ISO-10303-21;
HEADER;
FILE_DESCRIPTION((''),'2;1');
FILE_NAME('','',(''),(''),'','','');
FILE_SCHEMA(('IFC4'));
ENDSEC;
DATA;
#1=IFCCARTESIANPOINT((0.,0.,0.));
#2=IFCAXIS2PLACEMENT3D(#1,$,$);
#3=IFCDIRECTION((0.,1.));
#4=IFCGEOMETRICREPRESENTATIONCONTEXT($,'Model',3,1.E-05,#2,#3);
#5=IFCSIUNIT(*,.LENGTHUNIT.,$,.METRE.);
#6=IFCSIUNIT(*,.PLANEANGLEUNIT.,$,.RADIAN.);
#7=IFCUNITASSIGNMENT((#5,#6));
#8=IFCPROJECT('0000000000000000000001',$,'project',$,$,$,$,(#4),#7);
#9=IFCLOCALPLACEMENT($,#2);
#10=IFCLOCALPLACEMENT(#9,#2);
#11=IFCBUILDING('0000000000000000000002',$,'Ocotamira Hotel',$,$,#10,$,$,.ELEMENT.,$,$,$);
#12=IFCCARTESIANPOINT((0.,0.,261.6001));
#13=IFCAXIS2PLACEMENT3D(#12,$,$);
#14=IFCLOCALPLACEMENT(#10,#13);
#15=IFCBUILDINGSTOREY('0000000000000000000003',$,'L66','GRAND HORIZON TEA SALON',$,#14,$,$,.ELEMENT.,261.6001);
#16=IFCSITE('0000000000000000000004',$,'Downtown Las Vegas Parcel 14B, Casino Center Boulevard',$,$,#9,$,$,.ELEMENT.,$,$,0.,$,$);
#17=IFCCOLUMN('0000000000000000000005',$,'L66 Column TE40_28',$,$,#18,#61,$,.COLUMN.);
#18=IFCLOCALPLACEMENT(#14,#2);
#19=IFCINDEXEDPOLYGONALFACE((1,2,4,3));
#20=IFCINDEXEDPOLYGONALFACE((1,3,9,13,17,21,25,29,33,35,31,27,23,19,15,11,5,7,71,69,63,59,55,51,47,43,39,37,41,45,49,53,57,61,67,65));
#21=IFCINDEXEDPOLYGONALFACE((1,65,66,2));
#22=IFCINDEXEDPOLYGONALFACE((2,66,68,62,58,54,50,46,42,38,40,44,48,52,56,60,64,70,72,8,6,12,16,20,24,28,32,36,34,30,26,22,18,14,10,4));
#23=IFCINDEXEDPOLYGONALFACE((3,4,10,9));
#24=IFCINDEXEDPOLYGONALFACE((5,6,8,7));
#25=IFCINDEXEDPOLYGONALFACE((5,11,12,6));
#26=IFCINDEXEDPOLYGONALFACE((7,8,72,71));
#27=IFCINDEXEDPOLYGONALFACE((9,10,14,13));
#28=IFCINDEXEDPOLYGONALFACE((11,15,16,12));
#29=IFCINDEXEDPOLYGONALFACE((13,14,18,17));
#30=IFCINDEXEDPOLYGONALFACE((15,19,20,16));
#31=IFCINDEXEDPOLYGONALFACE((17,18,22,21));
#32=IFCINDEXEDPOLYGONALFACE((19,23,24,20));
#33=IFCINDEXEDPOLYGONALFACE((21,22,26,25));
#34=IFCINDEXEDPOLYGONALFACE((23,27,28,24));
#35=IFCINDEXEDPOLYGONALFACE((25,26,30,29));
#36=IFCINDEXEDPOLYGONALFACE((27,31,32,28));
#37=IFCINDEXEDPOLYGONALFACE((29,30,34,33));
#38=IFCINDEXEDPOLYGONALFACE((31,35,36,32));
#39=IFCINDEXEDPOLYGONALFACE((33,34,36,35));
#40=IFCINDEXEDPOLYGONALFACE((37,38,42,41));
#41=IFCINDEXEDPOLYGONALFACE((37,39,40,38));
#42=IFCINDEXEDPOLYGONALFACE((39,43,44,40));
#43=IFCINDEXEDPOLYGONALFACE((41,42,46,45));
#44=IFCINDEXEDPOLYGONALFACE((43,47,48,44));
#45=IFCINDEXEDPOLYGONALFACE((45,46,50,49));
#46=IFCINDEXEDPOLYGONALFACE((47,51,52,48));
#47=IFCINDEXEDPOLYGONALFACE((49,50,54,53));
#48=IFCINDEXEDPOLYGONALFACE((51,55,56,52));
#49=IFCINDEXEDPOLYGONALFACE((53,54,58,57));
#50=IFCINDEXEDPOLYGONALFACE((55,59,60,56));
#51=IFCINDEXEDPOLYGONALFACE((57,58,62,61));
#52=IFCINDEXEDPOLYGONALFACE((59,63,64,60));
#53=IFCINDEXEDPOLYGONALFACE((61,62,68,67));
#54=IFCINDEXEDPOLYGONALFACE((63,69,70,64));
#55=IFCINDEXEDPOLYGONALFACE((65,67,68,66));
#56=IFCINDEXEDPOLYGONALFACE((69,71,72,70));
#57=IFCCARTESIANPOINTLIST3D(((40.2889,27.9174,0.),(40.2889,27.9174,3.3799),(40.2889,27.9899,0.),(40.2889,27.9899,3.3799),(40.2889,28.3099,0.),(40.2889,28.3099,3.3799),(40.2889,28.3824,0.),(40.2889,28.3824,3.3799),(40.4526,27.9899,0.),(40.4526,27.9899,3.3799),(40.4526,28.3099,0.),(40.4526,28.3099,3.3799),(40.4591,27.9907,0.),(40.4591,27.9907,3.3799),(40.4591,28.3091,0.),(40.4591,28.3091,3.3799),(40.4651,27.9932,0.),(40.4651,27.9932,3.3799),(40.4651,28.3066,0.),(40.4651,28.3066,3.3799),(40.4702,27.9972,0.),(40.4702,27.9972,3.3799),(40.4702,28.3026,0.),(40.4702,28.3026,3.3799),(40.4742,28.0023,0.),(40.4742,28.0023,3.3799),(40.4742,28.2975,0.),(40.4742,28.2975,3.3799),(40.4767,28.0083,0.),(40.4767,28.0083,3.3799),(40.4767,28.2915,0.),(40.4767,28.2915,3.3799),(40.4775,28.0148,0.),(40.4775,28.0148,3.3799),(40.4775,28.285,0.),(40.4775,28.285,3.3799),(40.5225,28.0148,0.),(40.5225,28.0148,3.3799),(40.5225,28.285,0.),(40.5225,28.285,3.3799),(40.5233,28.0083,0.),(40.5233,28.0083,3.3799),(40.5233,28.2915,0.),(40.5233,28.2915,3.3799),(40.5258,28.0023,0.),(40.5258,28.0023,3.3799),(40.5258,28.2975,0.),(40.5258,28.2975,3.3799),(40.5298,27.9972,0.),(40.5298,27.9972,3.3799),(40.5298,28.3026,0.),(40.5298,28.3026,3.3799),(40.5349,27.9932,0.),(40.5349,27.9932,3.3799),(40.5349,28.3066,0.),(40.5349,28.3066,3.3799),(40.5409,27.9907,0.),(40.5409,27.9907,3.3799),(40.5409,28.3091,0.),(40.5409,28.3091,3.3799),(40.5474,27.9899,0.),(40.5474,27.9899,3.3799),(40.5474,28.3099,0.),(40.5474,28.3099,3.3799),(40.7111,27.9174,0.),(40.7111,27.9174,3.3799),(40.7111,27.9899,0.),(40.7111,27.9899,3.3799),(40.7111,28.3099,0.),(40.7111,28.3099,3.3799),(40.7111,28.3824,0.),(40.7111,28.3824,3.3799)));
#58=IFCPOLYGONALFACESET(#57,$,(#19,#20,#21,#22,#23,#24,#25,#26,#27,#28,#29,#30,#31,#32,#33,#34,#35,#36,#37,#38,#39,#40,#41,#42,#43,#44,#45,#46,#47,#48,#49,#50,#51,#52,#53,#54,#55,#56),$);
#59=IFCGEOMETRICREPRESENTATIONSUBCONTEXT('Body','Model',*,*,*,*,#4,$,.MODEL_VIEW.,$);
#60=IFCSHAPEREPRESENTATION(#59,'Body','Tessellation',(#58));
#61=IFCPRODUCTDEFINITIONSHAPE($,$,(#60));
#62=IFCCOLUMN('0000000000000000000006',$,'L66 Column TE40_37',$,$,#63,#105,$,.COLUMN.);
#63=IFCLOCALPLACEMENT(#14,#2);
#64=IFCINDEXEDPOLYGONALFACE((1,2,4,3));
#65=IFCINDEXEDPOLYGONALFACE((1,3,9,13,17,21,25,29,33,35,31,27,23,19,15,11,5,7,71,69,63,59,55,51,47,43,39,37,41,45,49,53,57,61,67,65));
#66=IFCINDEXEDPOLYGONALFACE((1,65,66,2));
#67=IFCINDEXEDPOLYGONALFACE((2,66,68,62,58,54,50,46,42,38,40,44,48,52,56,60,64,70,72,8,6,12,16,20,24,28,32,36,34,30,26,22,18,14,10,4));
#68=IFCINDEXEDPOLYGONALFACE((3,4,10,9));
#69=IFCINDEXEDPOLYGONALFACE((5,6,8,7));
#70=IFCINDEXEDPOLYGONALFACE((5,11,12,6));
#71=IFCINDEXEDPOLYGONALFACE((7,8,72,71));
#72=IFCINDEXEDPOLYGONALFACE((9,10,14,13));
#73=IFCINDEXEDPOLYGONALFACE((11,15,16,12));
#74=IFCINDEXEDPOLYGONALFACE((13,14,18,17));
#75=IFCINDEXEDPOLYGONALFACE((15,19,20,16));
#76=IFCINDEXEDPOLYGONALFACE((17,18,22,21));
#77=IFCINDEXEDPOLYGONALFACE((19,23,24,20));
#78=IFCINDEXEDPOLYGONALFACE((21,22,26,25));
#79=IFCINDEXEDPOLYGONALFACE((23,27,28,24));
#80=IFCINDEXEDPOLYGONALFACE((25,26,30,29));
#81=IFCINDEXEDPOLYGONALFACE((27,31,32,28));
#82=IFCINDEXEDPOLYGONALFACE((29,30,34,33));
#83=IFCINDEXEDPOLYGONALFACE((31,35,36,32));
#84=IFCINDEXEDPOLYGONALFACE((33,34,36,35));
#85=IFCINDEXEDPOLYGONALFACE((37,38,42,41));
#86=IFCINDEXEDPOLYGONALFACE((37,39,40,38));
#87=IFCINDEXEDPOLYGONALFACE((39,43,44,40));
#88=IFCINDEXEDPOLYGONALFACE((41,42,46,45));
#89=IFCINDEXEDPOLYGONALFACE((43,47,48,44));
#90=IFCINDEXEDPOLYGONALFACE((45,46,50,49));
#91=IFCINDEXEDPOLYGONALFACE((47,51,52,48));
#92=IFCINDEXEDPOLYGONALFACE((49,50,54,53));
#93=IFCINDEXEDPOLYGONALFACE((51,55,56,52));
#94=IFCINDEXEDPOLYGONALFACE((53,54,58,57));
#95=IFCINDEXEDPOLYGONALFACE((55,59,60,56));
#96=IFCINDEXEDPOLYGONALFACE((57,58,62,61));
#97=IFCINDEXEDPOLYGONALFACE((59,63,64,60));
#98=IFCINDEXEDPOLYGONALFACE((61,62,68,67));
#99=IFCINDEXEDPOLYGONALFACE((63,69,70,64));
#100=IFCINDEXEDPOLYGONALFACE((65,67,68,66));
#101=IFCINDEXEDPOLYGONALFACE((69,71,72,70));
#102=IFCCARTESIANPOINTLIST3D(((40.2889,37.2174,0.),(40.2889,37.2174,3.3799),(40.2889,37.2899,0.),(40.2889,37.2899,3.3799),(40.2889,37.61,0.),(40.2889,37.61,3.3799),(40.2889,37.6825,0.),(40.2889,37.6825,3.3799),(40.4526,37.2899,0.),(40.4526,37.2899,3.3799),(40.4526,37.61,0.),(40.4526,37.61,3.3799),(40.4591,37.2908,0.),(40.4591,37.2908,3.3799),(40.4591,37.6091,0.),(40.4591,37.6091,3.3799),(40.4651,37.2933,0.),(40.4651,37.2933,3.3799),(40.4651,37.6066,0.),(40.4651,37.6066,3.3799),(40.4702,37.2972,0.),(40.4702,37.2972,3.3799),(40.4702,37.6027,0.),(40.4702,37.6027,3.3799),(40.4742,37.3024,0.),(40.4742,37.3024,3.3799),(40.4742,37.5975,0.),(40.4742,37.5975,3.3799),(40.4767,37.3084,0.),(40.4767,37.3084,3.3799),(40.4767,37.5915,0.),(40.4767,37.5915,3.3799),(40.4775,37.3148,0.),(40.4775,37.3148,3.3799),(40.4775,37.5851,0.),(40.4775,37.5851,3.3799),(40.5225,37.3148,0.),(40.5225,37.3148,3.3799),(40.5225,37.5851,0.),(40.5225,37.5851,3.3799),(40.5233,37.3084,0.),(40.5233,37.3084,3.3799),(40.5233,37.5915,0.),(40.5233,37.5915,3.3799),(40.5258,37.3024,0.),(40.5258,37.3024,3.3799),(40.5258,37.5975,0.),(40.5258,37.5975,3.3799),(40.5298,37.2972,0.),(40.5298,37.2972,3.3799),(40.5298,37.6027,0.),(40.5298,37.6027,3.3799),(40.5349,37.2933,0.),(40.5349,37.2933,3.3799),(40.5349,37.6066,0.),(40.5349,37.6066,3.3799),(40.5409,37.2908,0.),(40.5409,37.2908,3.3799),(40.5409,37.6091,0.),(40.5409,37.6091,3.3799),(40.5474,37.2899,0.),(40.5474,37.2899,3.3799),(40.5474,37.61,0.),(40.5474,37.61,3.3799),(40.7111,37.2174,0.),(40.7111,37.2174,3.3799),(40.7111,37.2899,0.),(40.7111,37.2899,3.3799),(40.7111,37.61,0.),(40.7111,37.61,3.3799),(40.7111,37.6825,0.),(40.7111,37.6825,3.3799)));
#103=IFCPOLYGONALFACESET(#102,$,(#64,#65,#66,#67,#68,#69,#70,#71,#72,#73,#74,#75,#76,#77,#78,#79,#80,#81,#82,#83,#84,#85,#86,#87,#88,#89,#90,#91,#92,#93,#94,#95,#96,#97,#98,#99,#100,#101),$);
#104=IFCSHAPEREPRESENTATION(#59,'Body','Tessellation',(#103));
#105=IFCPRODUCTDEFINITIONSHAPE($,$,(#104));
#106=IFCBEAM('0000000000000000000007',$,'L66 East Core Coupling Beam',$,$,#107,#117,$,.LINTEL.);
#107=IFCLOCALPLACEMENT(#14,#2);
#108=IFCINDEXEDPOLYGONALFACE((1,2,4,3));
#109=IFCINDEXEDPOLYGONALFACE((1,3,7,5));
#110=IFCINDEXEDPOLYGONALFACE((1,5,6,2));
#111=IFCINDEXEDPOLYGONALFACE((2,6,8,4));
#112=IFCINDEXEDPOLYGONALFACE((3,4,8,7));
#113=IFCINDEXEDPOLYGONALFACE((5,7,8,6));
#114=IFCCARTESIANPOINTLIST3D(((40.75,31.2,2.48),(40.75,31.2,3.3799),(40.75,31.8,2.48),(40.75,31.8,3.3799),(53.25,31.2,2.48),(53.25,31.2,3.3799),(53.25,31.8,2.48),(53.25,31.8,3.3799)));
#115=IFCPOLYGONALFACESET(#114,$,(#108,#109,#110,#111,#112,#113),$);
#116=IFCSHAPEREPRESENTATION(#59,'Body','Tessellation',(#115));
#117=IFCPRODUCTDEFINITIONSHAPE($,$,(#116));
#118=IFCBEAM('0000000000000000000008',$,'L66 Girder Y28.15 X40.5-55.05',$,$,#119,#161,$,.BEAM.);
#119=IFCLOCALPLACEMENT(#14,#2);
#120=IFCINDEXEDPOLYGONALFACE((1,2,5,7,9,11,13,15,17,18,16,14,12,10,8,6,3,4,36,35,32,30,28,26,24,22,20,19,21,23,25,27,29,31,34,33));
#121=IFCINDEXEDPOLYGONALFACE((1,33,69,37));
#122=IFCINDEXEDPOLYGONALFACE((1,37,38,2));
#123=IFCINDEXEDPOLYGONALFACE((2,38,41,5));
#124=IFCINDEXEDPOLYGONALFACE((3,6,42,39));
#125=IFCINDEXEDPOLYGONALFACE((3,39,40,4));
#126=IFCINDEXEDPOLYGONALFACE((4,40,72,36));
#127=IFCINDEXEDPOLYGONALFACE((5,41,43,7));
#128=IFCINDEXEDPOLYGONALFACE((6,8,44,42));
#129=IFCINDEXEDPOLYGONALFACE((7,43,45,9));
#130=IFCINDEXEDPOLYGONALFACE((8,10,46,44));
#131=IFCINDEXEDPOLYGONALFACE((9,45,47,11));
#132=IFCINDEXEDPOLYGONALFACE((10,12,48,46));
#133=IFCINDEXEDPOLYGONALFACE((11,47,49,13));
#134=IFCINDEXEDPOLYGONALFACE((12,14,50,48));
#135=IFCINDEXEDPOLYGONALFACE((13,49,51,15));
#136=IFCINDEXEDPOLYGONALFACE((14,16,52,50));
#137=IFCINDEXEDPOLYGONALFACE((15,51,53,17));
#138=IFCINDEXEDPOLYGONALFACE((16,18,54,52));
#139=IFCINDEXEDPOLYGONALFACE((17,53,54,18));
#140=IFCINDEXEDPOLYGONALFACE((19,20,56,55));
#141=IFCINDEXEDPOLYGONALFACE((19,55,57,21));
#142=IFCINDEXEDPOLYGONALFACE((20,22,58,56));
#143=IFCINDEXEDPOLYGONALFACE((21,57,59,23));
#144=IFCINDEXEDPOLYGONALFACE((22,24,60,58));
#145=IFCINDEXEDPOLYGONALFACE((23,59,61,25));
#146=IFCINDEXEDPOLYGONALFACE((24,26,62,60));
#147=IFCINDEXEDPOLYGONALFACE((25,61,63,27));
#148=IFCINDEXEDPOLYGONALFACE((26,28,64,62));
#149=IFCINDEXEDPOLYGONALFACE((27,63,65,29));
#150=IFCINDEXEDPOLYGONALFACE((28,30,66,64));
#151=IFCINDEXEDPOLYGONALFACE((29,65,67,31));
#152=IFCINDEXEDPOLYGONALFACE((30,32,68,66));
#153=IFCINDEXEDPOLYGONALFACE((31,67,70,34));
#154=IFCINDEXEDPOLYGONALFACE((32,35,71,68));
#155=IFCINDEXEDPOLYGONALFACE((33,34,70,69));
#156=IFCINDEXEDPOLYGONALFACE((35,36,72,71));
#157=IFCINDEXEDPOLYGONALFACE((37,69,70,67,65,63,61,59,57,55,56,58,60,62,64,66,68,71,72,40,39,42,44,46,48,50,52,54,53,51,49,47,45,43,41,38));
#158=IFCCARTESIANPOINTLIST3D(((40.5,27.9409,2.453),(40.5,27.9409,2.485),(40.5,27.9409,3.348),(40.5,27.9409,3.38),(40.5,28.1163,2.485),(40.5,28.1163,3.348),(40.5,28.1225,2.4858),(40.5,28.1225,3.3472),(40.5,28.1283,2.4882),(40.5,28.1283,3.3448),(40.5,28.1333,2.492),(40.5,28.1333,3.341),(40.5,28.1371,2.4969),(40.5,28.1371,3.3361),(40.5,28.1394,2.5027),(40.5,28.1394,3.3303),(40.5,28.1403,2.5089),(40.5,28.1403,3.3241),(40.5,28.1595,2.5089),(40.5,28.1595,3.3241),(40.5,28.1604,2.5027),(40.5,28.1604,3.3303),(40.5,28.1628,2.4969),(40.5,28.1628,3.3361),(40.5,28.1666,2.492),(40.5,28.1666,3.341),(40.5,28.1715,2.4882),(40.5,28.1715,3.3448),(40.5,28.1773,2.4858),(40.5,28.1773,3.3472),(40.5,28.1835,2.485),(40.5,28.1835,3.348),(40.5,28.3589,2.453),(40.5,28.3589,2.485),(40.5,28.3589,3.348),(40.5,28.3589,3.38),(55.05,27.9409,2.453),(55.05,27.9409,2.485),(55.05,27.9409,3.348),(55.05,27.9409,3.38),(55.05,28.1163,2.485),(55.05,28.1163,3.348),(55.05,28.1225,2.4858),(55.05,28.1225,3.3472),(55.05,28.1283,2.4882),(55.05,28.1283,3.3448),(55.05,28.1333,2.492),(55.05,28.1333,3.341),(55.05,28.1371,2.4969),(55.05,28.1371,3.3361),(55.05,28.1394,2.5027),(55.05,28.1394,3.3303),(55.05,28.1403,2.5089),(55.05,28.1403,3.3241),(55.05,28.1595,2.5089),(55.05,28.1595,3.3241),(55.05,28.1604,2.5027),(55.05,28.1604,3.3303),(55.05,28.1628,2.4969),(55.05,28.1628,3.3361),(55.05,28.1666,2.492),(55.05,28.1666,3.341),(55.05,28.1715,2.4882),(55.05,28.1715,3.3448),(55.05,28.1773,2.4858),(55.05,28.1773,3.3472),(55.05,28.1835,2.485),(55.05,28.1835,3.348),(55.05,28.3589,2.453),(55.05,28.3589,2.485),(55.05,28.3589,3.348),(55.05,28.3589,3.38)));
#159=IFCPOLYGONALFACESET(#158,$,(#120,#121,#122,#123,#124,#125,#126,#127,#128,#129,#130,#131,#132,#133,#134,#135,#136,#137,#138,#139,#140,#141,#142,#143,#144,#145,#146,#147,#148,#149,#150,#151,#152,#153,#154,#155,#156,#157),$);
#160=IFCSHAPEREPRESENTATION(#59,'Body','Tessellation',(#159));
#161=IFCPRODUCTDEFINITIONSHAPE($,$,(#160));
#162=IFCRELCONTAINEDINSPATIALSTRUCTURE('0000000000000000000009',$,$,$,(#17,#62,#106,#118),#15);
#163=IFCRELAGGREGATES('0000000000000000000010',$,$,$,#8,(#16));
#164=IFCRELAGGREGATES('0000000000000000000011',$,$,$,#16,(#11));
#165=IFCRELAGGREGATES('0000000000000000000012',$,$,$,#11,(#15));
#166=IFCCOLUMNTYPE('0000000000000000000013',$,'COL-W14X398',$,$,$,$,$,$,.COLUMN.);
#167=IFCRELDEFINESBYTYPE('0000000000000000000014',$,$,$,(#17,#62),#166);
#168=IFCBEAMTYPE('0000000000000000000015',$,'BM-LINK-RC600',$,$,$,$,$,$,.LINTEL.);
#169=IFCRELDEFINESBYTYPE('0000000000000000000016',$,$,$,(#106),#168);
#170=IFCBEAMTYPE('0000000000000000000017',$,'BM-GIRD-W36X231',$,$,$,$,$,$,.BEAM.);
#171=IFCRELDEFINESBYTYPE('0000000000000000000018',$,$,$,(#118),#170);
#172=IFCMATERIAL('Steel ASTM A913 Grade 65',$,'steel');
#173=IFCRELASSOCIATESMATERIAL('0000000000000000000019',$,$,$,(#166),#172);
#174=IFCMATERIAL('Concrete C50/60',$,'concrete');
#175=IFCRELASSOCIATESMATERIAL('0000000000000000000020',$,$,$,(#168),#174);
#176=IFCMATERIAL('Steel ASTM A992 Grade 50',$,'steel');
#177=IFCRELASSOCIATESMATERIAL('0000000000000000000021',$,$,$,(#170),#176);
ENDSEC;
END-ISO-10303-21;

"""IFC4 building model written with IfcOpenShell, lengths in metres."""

from ifc_helpers import new_model, si_unit, direction, frame, origin, origin_2d, place, context, subcontext, project, spatial, rectangle, i_section, extrude, source, transform, mapped, material, material_profile, profile_set, type_object, element, save


model = new_model("IFC4")

# Units and contexts
model_context = context("Model", 3, precision=1e-05, world=origin(), true_north=direction((0.0, 1.0)))
body_context = subcontext(model_context, "Body", "Model", "MODEL_VIEW")
ifc_project = project(units=[si_unit("LENGTHUNIT", "METRE"), si_unit("PLANEANGLEUNIT", "RADIAN")], contexts=[model_context])

# Site, building, storey
site_placement = place(None, origin())
site = spatial("IfcSite", under=ifc_project, at=site_placement, Name="Downtown Las Vegas Parcel 14B, Casino Center Boulevard", CompositionType="ELEMENT", RefElevation=0.0)
building_placement = place(site_placement, origin())
building = spatial("IfcBuilding", under=site, at=building_placement, Name="Ocotamira Hotel", CompositionType="ELEMENT")
storey_placement = place(building_placement, frame((0.0, 0.0, 261.6001)))
storey = spatial("IfcBuildingStorey", under=building, at=storey_placement, Name="L66", Description="GRAND HORIZON TEA SALON", CompositionType="ELEMENT", Elevation=261.6001)

# Columns
ifc_material_1 = material(Name="Steel ASTM A913 Grade 65", Category="steel")
ifc_material_profile_1 = material_profile(ifc_material_1, i_section(OverallWidth=0.4221, OverallDepth=0.4651, WebThickness=0.0449, FlangeThickness=0.0725, FilletRadius=0.0249, at=origin_2d()), Name="W14X398")
ifc_profile_set_1 = profile_set([ifc_material_profile_1], Name="Steel ASTM A913 Grade 65")
column_type = type_object("IfcColumnType", Name="COL-W14X398", PredefinedType="COLUMN", material=ifc_profile_set_1)
shared_shape_1 = source(origin(), body_context, "Body", "SweptSolid", [
    extrude(i_section(OverallWidth=0.4221, OverallDepth=0.4651, WebThickness=0.0449, FlangeThickness=0.0725, FilletRadius=0.0249, at=origin_2d()), origin(), (0.0, 0.0, 1.0), 3.3799),
])
for number, where, z_axis, x_axis, name in (
    (1, (40.5, 28.1499, 0.0), (0.0, 0.0, 1.0), (1.0, 0.0, 0.0), "L66 Column TE40_28"),
    (2, (40.5, 37.45, 0.0), (0.0, 0.0, 1.0), (1.0, 0.0, 0.0), "L66 Column TE40_37"),
):
    element("IfcColumn", number, at=place(storey_placement, frame(where, z_axis=z_axis, x_axis=x_axis)), inside=storey, type_object=column_type, Name=name, PredefinedType="COLUMN", context=body_context, shape_type="MappedRepresentation", body=[
        mapped(shared_shape_1, transform((0.0, 0.0, 0.0), scale=1.0)),
    ])

# Beams
ifc_material_2 = material(Name="Concrete C50/60", Category="concrete")
ifc_material_profile_2 = material_profile(ifc_material_2, rectangle(XDim=0.6001, YDim=0.8999, at=origin_2d()), Name="RC600X900")
ifc_profile_set_2 = profile_set([ifc_material_profile_2], Name="Concrete C50/60")
beam_type_1 = type_object("IfcBeamType", Name="BM-LINK-RC600", PredefinedType="LINTEL", material=ifc_profile_set_2)
shared_shape_2 = source(origin(), body_context, "Body", "SweptSolid", [
    extrude(rectangle(XDim=0.6001, YDim=0.8999, at=origin_2d()), origin(), (0.0, 0.0, 1.0), 12.5),
])
beam_1_placement = place(storey_placement, frame((40.75, 31.5, 2.9299), z_axis=(1.0, 0.0, 0.0), x_axis=(0.0, 1.0, 0.0)))
element("IfcBeam", 3, at=beam_1_placement, inside=storey, type_object=beam_type_1, Name="L66 East Core Coupling Beam", PredefinedType="LINTEL", context=body_context, shape_type="MappedRepresentation", body=[
    mapped(shared_shape_2, transform((0.0, 0.0, 0.0), scale=1.0)),
])
ifc_material_3 = material(Name="Steel ASTM A992 Grade 50", Category="steel")
ifc_material_profile_3 = material_profile(ifc_material_3, i_section(OverallWidth=0.418, OverallDepth=0.927, WebThickness=0.0193, FlangeThickness=0.032, FilletRadius=0.0239, at=origin_2d()), Name="W36X231")
ifc_profile_set_3 = profile_set([ifc_material_profile_3], Name="Steel ASTM A992 Grade 50")
beam_type_2 = type_object("IfcBeamType", Name="BM-GIRD-W36X231", PredefinedType="BEAM", material=ifc_profile_set_3)
shared_shape_3 = source(origin(), body_context, "Body", "SweptSolid", [
    extrude(i_section(OverallWidth=0.418, OverallDepth=0.927, WebThickness=0.0193, FlangeThickness=0.032, FilletRadius=0.0239, at=origin_2d()), origin(), (0.0, 0.0, 1.0), 14.55),
])
for number, where, z_axis, x_axis, name in (
    (4, (40.5, 28.1499, 2.9165), (1.0, 0.0, 0.0), (0.0, 1.0, 0.0), "L66 Girder Y28.15 X40.5-55.05"),
):
    element("IfcBeam", number, at=place(storey_placement, frame(where, z_axis=z_axis, x_axis=x_axis)), inside=storey, type_object=beam_type_2, Name=name, PredefinedType="BEAM", context=body_context, shape_type="MappedRepresentation", body=[
        mapped(shared_shape_3, transform((0.0, 0.0, 0.0), scale=1.0)),
    ])

save(model, "model.ifc")
